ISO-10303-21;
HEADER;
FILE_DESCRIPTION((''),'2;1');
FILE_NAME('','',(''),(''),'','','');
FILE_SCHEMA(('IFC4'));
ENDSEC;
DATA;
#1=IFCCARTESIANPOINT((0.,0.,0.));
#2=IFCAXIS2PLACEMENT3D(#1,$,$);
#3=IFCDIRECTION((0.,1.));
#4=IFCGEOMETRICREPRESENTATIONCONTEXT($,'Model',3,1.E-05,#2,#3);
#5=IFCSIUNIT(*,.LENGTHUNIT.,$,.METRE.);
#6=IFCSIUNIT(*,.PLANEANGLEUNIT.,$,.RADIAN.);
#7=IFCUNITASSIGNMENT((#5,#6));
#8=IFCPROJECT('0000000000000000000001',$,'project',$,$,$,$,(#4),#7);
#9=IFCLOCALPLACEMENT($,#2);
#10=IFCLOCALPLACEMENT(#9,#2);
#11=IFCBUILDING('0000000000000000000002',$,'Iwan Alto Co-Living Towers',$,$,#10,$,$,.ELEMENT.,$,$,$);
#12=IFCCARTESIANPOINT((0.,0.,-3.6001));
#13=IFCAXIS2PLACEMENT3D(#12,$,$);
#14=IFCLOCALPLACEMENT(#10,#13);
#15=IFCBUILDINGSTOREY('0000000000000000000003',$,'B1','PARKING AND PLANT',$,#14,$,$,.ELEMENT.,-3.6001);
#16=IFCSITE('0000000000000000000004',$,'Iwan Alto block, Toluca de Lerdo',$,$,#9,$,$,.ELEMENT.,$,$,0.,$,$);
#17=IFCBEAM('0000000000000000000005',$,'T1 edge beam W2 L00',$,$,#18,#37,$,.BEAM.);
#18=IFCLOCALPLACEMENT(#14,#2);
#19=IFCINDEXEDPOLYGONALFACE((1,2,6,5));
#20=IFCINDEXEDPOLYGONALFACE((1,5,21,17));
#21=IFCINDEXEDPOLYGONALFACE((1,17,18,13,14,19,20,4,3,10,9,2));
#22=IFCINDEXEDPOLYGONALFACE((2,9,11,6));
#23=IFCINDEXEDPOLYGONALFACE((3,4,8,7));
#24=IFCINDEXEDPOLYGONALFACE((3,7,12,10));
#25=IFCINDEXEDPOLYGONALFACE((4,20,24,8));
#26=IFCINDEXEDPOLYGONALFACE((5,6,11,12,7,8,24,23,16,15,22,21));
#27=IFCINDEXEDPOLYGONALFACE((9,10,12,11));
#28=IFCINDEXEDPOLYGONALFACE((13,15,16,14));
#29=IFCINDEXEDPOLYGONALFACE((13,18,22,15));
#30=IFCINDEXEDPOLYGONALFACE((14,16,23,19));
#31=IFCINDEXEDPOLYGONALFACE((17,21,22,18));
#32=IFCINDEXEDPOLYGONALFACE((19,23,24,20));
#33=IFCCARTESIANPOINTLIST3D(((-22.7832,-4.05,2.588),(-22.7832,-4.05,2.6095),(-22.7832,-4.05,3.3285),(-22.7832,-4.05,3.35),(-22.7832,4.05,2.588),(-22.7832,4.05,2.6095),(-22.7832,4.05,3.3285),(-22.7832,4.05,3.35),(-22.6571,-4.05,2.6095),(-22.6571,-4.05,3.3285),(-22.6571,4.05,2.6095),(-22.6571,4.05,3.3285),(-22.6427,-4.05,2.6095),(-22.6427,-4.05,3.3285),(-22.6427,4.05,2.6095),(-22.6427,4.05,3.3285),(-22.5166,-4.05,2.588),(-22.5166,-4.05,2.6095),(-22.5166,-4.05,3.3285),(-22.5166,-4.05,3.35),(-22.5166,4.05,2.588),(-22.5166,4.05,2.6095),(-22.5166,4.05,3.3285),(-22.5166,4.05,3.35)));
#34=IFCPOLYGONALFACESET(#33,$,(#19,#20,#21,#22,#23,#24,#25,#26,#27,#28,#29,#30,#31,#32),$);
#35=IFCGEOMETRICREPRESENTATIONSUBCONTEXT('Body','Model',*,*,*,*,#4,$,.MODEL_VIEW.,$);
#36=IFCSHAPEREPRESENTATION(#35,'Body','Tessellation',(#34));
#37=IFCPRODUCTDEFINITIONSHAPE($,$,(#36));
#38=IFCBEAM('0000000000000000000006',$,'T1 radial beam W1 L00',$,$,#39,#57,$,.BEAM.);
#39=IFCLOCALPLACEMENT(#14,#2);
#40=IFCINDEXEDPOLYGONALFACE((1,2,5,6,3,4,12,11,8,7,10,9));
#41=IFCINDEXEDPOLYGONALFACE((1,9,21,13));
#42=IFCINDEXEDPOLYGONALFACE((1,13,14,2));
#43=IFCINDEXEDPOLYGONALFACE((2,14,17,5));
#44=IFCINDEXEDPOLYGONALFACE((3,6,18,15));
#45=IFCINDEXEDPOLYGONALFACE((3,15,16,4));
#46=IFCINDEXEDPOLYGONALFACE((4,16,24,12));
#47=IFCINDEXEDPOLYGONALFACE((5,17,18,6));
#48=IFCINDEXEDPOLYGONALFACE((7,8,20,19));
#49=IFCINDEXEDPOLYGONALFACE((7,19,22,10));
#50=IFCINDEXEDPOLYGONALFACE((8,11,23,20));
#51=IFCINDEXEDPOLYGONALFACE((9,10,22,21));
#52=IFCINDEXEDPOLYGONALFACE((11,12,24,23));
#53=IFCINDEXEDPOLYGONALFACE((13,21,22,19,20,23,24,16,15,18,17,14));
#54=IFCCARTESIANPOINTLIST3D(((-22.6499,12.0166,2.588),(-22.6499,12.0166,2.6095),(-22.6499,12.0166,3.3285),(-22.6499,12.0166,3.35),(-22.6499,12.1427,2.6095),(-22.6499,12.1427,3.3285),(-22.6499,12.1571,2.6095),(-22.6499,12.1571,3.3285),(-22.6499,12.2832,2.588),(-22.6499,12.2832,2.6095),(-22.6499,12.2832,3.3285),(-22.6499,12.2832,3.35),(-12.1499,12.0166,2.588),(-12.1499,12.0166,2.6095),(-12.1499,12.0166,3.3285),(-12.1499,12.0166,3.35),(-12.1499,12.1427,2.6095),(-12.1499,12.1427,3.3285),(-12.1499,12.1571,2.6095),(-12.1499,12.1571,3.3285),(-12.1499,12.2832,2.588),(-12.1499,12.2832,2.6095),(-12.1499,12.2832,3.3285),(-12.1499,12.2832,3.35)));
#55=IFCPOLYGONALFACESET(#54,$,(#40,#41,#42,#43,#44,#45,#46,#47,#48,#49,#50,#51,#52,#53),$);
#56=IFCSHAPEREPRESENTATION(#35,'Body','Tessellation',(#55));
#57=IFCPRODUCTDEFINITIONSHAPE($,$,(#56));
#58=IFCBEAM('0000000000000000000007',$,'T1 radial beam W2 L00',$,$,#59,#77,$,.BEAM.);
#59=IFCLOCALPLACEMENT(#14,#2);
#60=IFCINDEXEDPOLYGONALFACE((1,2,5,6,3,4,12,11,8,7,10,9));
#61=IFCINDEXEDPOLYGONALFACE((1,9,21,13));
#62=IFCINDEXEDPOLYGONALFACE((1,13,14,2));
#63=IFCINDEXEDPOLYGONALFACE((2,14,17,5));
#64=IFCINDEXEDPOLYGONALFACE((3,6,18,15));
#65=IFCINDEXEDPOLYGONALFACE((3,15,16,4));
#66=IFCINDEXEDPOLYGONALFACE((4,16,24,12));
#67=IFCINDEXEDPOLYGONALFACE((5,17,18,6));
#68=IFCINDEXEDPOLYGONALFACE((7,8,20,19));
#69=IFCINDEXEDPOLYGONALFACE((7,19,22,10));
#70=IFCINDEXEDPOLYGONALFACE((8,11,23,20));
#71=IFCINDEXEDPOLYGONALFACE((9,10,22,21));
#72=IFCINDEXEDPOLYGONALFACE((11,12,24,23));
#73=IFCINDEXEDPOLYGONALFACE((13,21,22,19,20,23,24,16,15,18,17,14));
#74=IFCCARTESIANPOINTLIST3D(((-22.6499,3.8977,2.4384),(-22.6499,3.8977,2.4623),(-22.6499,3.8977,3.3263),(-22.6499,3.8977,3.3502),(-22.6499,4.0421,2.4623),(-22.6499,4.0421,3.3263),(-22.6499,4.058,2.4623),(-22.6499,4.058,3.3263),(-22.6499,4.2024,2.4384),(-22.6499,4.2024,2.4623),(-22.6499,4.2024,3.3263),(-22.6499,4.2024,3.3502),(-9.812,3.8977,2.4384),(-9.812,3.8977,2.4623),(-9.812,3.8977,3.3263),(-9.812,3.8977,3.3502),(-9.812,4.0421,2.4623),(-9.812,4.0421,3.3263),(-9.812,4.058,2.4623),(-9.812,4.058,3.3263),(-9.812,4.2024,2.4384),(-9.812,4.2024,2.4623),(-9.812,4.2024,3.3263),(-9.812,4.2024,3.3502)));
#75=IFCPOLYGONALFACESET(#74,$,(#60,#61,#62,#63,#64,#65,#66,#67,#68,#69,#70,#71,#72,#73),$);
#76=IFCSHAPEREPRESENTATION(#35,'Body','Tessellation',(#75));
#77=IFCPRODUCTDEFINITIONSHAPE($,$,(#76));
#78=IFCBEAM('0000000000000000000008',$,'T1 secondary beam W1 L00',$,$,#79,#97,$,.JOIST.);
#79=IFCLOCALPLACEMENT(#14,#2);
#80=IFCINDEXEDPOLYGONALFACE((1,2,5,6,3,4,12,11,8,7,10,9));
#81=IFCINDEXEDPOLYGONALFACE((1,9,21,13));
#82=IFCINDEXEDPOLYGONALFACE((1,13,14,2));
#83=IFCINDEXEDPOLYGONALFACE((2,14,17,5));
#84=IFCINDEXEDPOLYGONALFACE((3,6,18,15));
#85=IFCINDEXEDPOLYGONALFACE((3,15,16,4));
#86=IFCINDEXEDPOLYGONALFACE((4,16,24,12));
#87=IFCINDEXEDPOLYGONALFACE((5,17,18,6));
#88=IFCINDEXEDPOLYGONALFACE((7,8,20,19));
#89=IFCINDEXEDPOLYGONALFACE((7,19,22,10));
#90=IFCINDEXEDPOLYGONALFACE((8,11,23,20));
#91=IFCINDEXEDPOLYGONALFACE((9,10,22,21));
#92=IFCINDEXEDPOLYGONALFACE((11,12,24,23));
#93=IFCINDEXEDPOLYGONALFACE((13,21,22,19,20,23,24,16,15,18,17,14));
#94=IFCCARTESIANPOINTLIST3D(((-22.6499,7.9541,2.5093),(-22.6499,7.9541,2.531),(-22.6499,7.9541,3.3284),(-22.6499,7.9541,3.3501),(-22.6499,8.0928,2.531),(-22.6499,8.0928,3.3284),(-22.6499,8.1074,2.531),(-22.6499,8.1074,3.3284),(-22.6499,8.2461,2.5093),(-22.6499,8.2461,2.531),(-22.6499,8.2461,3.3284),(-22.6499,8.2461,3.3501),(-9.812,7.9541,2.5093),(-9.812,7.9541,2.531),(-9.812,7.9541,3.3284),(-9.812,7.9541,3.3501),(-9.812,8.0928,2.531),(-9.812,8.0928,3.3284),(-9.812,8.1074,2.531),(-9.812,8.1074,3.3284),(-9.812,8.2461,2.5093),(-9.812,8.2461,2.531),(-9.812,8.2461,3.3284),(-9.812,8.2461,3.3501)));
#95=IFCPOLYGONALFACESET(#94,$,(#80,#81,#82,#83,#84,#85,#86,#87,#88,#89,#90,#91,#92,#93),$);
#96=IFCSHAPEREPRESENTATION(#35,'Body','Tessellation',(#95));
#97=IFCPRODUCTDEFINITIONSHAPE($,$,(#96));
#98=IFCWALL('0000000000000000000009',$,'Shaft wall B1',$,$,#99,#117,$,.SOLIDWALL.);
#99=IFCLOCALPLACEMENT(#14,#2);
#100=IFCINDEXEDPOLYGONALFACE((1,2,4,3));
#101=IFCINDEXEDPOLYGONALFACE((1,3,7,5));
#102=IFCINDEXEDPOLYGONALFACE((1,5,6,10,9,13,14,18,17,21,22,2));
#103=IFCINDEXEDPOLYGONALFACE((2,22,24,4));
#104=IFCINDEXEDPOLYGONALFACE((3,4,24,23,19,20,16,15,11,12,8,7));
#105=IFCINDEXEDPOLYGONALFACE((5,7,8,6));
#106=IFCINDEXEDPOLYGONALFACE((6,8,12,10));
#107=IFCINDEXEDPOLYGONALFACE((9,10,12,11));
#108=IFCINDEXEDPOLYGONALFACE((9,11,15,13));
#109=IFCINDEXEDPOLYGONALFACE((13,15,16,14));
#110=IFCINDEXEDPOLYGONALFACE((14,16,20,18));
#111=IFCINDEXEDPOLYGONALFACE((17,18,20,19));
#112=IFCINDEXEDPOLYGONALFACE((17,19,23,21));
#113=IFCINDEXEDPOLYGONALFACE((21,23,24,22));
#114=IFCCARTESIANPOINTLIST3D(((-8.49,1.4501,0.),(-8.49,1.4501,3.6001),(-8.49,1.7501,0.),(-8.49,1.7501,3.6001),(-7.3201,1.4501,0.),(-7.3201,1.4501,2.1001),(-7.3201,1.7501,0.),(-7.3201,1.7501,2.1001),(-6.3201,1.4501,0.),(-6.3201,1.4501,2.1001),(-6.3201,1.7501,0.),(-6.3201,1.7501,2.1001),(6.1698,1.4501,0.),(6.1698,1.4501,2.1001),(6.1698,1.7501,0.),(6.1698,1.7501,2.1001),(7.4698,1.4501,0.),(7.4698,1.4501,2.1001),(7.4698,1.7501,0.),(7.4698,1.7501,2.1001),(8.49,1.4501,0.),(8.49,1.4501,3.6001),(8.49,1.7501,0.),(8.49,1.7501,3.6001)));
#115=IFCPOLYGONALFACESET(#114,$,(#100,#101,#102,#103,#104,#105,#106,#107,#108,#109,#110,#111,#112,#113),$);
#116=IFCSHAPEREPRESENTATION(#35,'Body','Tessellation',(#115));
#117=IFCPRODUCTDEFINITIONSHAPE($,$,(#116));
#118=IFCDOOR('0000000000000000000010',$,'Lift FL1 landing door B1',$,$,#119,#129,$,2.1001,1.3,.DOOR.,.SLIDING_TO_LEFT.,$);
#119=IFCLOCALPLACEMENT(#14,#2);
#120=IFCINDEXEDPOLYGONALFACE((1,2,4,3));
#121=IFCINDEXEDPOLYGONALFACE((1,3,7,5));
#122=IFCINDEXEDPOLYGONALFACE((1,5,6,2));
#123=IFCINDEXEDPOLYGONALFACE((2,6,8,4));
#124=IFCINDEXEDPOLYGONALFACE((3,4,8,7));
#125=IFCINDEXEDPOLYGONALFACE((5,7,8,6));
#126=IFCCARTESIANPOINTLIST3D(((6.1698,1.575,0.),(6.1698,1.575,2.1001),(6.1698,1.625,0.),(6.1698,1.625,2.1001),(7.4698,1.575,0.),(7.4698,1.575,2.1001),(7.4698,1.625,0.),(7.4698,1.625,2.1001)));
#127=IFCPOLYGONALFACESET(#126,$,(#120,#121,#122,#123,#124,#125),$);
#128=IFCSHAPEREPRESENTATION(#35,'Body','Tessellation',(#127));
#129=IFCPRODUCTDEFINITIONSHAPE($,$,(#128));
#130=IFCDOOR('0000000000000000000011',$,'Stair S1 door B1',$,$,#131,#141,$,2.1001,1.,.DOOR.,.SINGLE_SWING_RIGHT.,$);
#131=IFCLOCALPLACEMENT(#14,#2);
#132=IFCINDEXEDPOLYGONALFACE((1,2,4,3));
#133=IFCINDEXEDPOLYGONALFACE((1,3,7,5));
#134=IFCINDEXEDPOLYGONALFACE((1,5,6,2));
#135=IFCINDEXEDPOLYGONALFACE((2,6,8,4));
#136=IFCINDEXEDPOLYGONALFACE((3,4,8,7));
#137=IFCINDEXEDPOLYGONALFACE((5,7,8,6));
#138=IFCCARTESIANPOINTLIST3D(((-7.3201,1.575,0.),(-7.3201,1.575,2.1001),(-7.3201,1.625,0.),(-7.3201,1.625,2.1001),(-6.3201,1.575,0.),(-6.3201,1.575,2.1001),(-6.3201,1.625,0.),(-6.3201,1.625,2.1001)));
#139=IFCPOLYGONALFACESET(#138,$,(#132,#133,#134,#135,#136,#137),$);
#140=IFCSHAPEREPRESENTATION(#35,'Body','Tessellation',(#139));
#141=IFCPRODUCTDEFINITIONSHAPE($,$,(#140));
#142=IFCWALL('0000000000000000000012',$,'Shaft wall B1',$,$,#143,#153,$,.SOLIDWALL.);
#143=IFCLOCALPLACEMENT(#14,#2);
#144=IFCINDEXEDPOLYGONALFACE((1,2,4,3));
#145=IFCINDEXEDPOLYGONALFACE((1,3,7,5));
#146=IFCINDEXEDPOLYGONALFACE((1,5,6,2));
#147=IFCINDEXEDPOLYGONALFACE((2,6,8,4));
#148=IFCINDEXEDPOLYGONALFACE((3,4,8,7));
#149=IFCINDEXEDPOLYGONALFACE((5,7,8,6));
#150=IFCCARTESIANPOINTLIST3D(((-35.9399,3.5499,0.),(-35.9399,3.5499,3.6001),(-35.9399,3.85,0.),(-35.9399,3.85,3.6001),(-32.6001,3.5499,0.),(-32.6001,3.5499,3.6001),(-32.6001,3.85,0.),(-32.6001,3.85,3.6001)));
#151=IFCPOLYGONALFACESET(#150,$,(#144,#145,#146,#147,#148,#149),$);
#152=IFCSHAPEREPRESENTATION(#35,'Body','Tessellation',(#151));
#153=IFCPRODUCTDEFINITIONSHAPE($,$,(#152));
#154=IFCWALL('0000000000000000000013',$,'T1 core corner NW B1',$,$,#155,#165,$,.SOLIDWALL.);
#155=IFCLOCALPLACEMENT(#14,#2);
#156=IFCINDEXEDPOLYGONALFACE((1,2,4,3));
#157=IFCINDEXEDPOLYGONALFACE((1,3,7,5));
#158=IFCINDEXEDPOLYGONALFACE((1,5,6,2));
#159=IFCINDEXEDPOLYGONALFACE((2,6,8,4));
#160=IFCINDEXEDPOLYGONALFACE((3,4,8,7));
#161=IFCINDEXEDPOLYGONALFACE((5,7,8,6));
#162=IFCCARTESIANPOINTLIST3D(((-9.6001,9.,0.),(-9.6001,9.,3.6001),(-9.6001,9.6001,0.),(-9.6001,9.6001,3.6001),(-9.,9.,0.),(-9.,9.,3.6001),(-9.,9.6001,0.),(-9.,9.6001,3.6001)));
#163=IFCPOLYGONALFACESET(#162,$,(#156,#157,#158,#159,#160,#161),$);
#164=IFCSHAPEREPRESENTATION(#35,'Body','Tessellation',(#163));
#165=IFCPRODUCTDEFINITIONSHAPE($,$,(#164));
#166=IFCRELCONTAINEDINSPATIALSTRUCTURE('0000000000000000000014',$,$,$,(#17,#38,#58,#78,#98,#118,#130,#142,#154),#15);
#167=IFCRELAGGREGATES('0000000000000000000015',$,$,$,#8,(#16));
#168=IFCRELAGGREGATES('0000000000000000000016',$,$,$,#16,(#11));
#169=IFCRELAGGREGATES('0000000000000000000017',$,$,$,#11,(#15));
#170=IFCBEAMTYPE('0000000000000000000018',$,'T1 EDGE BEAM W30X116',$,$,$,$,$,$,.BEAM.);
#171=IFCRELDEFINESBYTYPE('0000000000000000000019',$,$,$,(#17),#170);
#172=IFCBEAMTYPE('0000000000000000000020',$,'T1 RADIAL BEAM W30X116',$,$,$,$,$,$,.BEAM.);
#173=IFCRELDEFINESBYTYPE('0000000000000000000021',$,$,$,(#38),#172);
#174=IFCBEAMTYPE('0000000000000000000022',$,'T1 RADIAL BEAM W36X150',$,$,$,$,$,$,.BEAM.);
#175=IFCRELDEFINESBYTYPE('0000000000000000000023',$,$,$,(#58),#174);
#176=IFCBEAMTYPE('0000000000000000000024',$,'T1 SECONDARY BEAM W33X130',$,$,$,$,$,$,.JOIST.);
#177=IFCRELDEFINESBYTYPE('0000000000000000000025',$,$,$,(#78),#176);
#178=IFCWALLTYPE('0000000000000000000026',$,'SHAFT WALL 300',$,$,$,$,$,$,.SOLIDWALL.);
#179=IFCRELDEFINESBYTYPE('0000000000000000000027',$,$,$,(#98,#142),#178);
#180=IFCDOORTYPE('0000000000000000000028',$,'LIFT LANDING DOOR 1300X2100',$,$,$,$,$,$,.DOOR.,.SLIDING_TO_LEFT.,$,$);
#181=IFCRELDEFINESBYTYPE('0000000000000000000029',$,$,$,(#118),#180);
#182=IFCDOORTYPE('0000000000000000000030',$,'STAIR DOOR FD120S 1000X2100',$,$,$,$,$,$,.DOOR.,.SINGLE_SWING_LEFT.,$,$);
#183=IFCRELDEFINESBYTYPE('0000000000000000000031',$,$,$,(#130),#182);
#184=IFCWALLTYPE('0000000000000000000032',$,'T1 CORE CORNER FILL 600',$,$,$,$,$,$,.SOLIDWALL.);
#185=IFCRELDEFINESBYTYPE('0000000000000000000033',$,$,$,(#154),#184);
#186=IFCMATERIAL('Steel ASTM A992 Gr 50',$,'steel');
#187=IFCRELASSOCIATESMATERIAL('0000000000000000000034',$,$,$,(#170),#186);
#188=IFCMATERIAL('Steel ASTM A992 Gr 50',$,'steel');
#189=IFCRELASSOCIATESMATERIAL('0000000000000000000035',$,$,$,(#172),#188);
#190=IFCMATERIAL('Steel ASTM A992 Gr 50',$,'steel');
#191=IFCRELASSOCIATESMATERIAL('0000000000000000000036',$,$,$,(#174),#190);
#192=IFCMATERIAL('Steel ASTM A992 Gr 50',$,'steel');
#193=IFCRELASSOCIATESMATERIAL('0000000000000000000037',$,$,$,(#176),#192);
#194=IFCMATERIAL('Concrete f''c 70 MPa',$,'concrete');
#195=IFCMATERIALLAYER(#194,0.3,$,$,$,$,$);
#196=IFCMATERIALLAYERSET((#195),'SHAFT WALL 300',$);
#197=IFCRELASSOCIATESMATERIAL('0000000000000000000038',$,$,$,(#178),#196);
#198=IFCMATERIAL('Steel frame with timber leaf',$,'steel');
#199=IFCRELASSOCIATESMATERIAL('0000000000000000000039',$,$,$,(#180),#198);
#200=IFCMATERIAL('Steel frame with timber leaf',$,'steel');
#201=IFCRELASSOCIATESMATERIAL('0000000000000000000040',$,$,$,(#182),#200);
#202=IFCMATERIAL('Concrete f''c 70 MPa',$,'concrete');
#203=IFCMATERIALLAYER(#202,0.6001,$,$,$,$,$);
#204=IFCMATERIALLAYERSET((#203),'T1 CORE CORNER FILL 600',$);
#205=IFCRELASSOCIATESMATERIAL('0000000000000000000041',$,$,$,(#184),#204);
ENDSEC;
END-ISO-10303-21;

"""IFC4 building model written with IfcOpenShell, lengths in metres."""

from ifc_helpers import new_model, si_unit, direction, frame, frame_2d, origin, origin_2d, place, context, subcontext, project, spatial, rectangle, i_section, extrude, material, layer, layer_set, material_profile, profile_set, type_object, element, fill, save


model = new_model("IFC4")

# Units and contexts
model_context = context("Model", 3, precision=1e-05, world=origin(), true_north=direction((0.0, 1.0)))
body_context = subcontext(model_context, "Body", "Model", "MODEL_VIEW")
ifc_project = project(units=[si_unit("LENGTHUNIT", "METRE"), si_unit("PLANEANGLEUNIT", "RADIAN")], contexts=[model_context])

# Site, building, storey
site_placement = place(None, origin())
site = spatial("IfcSite", under=ifc_project, at=site_placement, Name="Iwan Alto block, Toluca de Lerdo", CompositionType="ELEMENT", RefElevation=0.0)
building_placement = place(site_placement, origin())
building = spatial("IfcBuilding", under=site, at=building_placement, Name="Iwan Alto Co-Living Towers", CompositionType="ELEMENT")
storey_placement = place(building_placement, frame((0.0, 0.0, -3.6001)))
storey = spatial("IfcBuildingStorey", under=building, at=storey_placement, Name="B1", Description="PARKING AND PLANT", CompositionType="ELEMENT", Elevation=-3.6001)

# Beams
ifc_material_1 = material(Name="Steel ASTM A992 Gr 50", Category="steel")
ifc_material_profile_1 = material_profile(ifc_material_1, i_section(OverallWidth=0.2666, OverallDepth=0.762, WebThickness=0.0144, FlangeThickness=0.0215, at=origin_2d()), Name="W30X116")
ifc_profile_set_1 = profile_set([ifc_material_profile_1], Name="Steel ASTM A992 Gr 50")
beam_type_1 = type_object("IfcBeamType", Name="T1 EDGE BEAM W30X116", PredefinedType="BEAM", material=ifc_profile_set_1)
beam_1_placement = place(storey_placement, frame((-22.6499, 4.05, 2.969), z_axis=(0.0, -1.0, 0.0), x_axis=(1.0, 0.0, 0.0)))
element("IfcBeam", 1, at=beam_1_placement, inside=storey, type_object=beam_type_1, Name="T1 edge beam W2 L00", PredefinedType="BEAM", context=body_context, shape_type="SweptSolid", body=[
    extrude(i_section(OverallWidth=0.2666, OverallDepth=0.762, WebThickness=0.0144, FlangeThickness=0.0215, at=origin_2d()), origin(), (0.0, 0.0, 1.0), 8.1001),
])
ifc_material_2 = material(Name="Steel ASTM A992 Gr 50", Category="steel")
ifc_material_profile_2 = material_profile(ifc_material_2, i_section(OverallWidth=0.2666, OverallDepth=0.762, WebThickness=0.0144, FlangeThickness=0.0215, at=origin_2d()), Name="W30X116")
ifc_profile_set_2 = profile_set([ifc_material_profile_2], Name="Steel ASTM A992 Gr 50")
beam_type_2 = type_object("IfcBeamType", Name="T1 RADIAL BEAM W30X116", PredefinedType="BEAM", material=ifc_profile_set_2)
beam_2_placement = place(storey_placement, frame((-22.6499, 12.1499, 2.969), z_axis=(1.0, 0.0, 0.0), x_axis=(0.0, 1.0, 0.0)))
element("IfcBeam", 2, at=beam_2_placement, inside=storey, type_object=beam_type_2, Name="T1 radial beam W1 L00", PredefinedType="BEAM", context=body_context, shape_type="SweptSolid", body=[
    extrude(i_section(OverallWidth=0.2666, OverallDepth=0.762, WebThickness=0.0144, FlangeThickness=0.0215, at=origin_2d()), origin(), (0.0, 0.0, 1.0), 10.5),
])
ifc_material_3 = material(Name="Steel ASTM A992 Gr 50", Category="steel")
ifc_material_profile_3 = material_profile(ifc_material_3, i_section(OverallWidth=0.3047, OverallDepth=0.9119, WebThickness=0.0159, FlangeThickness=0.0239, at=origin_2d()), Name="W36X150")
ifc_profile_set_3 = profile_set([ifc_material_profile_3], Name="Steel ASTM A992 Gr 50")
beam_type_3 = type_object("IfcBeamType", Name="T1 RADIAL BEAM W36X150", PredefinedType="BEAM", material=ifc_profile_set_3)
beam_3_placement = place(storey_placement, frame((-22.6499, 4.05, 2.8943), z_axis=(1.0, 0.0, 0.0), x_axis=(0.0, 1.0, 0.0)))
element("IfcBeam", 3, at=beam_3_placement, inside=storey, type_object=beam_type_3, Name="T1 radial beam W2 L00", PredefinedType="BEAM", context=body_context, shape_type="SweptSolid", body=[
    extrude(i_section(OverallWidth=0.3047, OverallDepth=0.9119, WebThickness=0.0159, FlangeThickness=0.0239, at=origin_2d()), origin(), (0.0, 0.0, 1.0), 12.8379),
])
ifc_material_4 = material(Name="Steel ASTM A992 Gr 50", Category="steel")
ifc_material_profile_4 = material_profile(ifc_material_4, i_section(OverallWidth=0.292, OverallDepth=0.8408, WebThickness=0.0146, FlangeThickness=0.0217, at=origin_2d()), Name="W33X130")
ifc_profile_set_4 = profile_set([ifc_material_profile_4], Name="Steel ASTM A992 Gr 50")
beam_type_4 = type_object("IfcBeamType", Name="T1 SECONDARY BEAM W33X130", PredefinedType="JOIST", material=ifc_profile_set_4)
beam_4_placement = place(storey_placement, frame((-22.6499, 8.1001, 2.9297), z_axis=(1.0, 0.0, 0.0), x_axis=(0.0, 1.0, 0.0)))
element("IfcBeam", 4, at=beam_4_placement, inside=storey, type_object=beam_type_4, Name="T1 secondary beam W1 L00", PredefinedType="JOIST", context=body_context, shape_type="SweptSolid", body=[
    extrude(i_section(OverallWidth=0.292, OverallDepth=0.8408, WebThickness=0.0146, FlangeThickness=0.0217, at=origin_2d()), origin(), (0.0, 0.0, 1.0), 12.8379),
])

# Wall, openings, doors
ifc_material_5 = material(Name="Concrete f'c 70 MPa", Category="concrete")
ifc_layer_1 = layer(ifc_material_5, 0.3)
ifc_layer_set_1 = layer_set([ifc_layer_1], Name="SHAFT WALL 300")
wall_type_1 = type_object("IfcWallType", Name="SHAFT WALL 300", PredefinedType="SOLIDWALL", material=ifc_layer_set_1)
wall_1_placement = place(storey_placement, frame((-8.49, 1.6001, 0.0), z_axis=(0.0, 0.0, 1.0), x_axis=(1.0, 0.0, 0.0)))
wall_1 = element("IfcWall", 5, at=wall_1_placement, inside=storey, type_object=wall_type_1, Name="Shaft wall B1", PredefinedType="SOLIDWALL", context=body_context, shape_type="SweptSolid", body=[
    extrude(rectangle(XDim=16.98, YDim=0.3, at=frame_2d((8.49, 0.0))), origin(), (0.0, 0.0, 1.0), 3.6001),
])
opening_1_placement = place(wall_1_placement, frame((1.1699, 0.0, 0.0)))
opening_1 = element("IfcOpeningElement", 6, at=opening_1_placement, cuts=wall_1, PredefinedType="OPENING", context=body_context, shape_type="SweptSolid", body=[
    extrude(rectangle(XDim=1.0, YDim=2.1001, at=frame_2d((0.5, 1.05))), frame((0.0, 0.1599, 0.0), z_axis=(0.0, -1.0, 0.0), x_axis=(1.0, 0.0, 0.0)), (0.0, 0.0, 1.0), 0.3201),
])
opening_2_placement = place(wall_1_placement, frame((14.6599, 0.0, 0.0)))
opening_2 = element("IfcOpeningElement", 7, at=opening_2_placement, cuts=wall_1, PredefinedType="OPENING", context=body_context, shape_type="SweptSolid", body=[
    extrude(rectangle(XDim=1.3, YDim=2.1001, at=frame_2d((0.6499, 1.05))), frame((0.0, 0.1599, 0.0), z_axis=(0.0, -1.0, 0.0), x_axis=(1.0, 0.0, 0.0)), (0.0, 0.0, 1.0), 0.3201),
])
ifc_material_6 = material(Name="Steel frame with timber leaf", Category="steel")
door_type_1 = type_object("IfcDoorType", Name="LIFT LANDING DOOR 1300X2100", OperationType="SLIDING_TO_LEFT", PredefinedType="DOOR", material=ifc_material_6)
door_1_placement = place(opening_2_placement, origin())
door_1 = element("IfcDoor", 8, at=door_1_placement, inside=storey, type_object=door_type_1, Name="Lift FL1 landing door B1", OperationType="SLIDING_TO_LEFT", OverallHeight=2.1001, OverallWidth=1.3, PredefinedType="DOOR", context=body_context, shape_type="SweptSolid", body=[
    extrude(rectangle(XDim=1.3, YDim=2.1001, at=frame_2d((0.6499, 1.05))), frame((0.0, 0.0249, 0.0), z_axis=(0.0, -1.0, 0.0), x_axis=(1.0, 0.0, 0.0)), (0.0, 0.0, 1.0), 0.05),
])
fill(opening_2, door_1)
ifc_material_7 = material(Name="Steel frame with timber leaf", Category="steel")
door_type_2 = type_object("IfcDoorType", Name="STAIR DOOR FD120S 1000X2100", OperationType="SINGLE_SWING_LEFT", PredefinedType="DOOR", material=ifc_material_7)
door_2_placement = place(opening_1_placement, origin())
door_2 = element("IfcDoor", 9, at=door_2_placement, inside=storey, type_object=door_type_2, Name="Stair S1 door B1", OperationType="SINGLE_SWING_RIGHT", OverallHeight=2.1001, OverallWidth=1.0, PredefinedType="DOOR", context=body_context, shape_type="SweptSolid", body=[
    extrude(rectangle(XDim=1.0, YDim=2.1001, at=frame_2d((0.5, 1.05))), frame((0.0, 0.0249, 0.0), z_axis=(0.0, -1.0, 0.0), x_axis=(1.0, 0.0, 0.0)), (0.0, 0.0, 1.0), 0.05),
])
fill(opening_1, door_2)

# Walls
wall_2_placement = place(storey_placement, frame((-35.9399, 3.7, 0.0), z_axis=(0.0, 0.0, 1.0), x_axis=(1.0, 0.0, 0.0)))
element("IfcWall", 10, at=wall_2_placement, inside=storey, type_object=wall_type_1, Name="Shaft wall B1", PredefinedType="SOLIDWALL", context=body_context, shape_type="SweptSolid", body=[
    extrude(rectangle(XDim=3.3398, YDim=0.3, at=frame_2d((1.6699, 0.0))), origin(), (0.0, 0.0, 1.0), 3.6001),
])
ifc_material_8 = material(Name="Concrete f'c 70 MPa", Category="concrete")
ifc_layer_2 = layer(ifc_material_8, 0.6001)
ifc_layer_set_2 = layer_set([ifc_layer_2], Name="T1 CORE CORNER FILL 600")
wall_type_2 = type_object("IfcWallType", Name="T1 CORE CORNER FILL 600", PredefinedType="SOLIDWALL", material=ifc_layer_set_2)
wall_3_placement = place(storey_placement, frame((-9.6001, 9.3, 0.0), z_axis=(0.0, 0.0, 1.0), x_axis=(1.0, 0.0, 0.0)))
element("IfcWall", 11, at=wall_3_placement, inside=storey, type_object=wall_type_2, Name="T1 core corner NW B1", PredefinedType="SOLIDWALL", context=body_context, shape_type="SweptSolid", body=[
    extrude(rectangle(XDim=0.6001, YDim=0.6001, at=frame_2d((0.3, 0.0))), origin(), (0.0, 0.0, 1.0), 3.6001),
])

save(model, "model.ifc")
